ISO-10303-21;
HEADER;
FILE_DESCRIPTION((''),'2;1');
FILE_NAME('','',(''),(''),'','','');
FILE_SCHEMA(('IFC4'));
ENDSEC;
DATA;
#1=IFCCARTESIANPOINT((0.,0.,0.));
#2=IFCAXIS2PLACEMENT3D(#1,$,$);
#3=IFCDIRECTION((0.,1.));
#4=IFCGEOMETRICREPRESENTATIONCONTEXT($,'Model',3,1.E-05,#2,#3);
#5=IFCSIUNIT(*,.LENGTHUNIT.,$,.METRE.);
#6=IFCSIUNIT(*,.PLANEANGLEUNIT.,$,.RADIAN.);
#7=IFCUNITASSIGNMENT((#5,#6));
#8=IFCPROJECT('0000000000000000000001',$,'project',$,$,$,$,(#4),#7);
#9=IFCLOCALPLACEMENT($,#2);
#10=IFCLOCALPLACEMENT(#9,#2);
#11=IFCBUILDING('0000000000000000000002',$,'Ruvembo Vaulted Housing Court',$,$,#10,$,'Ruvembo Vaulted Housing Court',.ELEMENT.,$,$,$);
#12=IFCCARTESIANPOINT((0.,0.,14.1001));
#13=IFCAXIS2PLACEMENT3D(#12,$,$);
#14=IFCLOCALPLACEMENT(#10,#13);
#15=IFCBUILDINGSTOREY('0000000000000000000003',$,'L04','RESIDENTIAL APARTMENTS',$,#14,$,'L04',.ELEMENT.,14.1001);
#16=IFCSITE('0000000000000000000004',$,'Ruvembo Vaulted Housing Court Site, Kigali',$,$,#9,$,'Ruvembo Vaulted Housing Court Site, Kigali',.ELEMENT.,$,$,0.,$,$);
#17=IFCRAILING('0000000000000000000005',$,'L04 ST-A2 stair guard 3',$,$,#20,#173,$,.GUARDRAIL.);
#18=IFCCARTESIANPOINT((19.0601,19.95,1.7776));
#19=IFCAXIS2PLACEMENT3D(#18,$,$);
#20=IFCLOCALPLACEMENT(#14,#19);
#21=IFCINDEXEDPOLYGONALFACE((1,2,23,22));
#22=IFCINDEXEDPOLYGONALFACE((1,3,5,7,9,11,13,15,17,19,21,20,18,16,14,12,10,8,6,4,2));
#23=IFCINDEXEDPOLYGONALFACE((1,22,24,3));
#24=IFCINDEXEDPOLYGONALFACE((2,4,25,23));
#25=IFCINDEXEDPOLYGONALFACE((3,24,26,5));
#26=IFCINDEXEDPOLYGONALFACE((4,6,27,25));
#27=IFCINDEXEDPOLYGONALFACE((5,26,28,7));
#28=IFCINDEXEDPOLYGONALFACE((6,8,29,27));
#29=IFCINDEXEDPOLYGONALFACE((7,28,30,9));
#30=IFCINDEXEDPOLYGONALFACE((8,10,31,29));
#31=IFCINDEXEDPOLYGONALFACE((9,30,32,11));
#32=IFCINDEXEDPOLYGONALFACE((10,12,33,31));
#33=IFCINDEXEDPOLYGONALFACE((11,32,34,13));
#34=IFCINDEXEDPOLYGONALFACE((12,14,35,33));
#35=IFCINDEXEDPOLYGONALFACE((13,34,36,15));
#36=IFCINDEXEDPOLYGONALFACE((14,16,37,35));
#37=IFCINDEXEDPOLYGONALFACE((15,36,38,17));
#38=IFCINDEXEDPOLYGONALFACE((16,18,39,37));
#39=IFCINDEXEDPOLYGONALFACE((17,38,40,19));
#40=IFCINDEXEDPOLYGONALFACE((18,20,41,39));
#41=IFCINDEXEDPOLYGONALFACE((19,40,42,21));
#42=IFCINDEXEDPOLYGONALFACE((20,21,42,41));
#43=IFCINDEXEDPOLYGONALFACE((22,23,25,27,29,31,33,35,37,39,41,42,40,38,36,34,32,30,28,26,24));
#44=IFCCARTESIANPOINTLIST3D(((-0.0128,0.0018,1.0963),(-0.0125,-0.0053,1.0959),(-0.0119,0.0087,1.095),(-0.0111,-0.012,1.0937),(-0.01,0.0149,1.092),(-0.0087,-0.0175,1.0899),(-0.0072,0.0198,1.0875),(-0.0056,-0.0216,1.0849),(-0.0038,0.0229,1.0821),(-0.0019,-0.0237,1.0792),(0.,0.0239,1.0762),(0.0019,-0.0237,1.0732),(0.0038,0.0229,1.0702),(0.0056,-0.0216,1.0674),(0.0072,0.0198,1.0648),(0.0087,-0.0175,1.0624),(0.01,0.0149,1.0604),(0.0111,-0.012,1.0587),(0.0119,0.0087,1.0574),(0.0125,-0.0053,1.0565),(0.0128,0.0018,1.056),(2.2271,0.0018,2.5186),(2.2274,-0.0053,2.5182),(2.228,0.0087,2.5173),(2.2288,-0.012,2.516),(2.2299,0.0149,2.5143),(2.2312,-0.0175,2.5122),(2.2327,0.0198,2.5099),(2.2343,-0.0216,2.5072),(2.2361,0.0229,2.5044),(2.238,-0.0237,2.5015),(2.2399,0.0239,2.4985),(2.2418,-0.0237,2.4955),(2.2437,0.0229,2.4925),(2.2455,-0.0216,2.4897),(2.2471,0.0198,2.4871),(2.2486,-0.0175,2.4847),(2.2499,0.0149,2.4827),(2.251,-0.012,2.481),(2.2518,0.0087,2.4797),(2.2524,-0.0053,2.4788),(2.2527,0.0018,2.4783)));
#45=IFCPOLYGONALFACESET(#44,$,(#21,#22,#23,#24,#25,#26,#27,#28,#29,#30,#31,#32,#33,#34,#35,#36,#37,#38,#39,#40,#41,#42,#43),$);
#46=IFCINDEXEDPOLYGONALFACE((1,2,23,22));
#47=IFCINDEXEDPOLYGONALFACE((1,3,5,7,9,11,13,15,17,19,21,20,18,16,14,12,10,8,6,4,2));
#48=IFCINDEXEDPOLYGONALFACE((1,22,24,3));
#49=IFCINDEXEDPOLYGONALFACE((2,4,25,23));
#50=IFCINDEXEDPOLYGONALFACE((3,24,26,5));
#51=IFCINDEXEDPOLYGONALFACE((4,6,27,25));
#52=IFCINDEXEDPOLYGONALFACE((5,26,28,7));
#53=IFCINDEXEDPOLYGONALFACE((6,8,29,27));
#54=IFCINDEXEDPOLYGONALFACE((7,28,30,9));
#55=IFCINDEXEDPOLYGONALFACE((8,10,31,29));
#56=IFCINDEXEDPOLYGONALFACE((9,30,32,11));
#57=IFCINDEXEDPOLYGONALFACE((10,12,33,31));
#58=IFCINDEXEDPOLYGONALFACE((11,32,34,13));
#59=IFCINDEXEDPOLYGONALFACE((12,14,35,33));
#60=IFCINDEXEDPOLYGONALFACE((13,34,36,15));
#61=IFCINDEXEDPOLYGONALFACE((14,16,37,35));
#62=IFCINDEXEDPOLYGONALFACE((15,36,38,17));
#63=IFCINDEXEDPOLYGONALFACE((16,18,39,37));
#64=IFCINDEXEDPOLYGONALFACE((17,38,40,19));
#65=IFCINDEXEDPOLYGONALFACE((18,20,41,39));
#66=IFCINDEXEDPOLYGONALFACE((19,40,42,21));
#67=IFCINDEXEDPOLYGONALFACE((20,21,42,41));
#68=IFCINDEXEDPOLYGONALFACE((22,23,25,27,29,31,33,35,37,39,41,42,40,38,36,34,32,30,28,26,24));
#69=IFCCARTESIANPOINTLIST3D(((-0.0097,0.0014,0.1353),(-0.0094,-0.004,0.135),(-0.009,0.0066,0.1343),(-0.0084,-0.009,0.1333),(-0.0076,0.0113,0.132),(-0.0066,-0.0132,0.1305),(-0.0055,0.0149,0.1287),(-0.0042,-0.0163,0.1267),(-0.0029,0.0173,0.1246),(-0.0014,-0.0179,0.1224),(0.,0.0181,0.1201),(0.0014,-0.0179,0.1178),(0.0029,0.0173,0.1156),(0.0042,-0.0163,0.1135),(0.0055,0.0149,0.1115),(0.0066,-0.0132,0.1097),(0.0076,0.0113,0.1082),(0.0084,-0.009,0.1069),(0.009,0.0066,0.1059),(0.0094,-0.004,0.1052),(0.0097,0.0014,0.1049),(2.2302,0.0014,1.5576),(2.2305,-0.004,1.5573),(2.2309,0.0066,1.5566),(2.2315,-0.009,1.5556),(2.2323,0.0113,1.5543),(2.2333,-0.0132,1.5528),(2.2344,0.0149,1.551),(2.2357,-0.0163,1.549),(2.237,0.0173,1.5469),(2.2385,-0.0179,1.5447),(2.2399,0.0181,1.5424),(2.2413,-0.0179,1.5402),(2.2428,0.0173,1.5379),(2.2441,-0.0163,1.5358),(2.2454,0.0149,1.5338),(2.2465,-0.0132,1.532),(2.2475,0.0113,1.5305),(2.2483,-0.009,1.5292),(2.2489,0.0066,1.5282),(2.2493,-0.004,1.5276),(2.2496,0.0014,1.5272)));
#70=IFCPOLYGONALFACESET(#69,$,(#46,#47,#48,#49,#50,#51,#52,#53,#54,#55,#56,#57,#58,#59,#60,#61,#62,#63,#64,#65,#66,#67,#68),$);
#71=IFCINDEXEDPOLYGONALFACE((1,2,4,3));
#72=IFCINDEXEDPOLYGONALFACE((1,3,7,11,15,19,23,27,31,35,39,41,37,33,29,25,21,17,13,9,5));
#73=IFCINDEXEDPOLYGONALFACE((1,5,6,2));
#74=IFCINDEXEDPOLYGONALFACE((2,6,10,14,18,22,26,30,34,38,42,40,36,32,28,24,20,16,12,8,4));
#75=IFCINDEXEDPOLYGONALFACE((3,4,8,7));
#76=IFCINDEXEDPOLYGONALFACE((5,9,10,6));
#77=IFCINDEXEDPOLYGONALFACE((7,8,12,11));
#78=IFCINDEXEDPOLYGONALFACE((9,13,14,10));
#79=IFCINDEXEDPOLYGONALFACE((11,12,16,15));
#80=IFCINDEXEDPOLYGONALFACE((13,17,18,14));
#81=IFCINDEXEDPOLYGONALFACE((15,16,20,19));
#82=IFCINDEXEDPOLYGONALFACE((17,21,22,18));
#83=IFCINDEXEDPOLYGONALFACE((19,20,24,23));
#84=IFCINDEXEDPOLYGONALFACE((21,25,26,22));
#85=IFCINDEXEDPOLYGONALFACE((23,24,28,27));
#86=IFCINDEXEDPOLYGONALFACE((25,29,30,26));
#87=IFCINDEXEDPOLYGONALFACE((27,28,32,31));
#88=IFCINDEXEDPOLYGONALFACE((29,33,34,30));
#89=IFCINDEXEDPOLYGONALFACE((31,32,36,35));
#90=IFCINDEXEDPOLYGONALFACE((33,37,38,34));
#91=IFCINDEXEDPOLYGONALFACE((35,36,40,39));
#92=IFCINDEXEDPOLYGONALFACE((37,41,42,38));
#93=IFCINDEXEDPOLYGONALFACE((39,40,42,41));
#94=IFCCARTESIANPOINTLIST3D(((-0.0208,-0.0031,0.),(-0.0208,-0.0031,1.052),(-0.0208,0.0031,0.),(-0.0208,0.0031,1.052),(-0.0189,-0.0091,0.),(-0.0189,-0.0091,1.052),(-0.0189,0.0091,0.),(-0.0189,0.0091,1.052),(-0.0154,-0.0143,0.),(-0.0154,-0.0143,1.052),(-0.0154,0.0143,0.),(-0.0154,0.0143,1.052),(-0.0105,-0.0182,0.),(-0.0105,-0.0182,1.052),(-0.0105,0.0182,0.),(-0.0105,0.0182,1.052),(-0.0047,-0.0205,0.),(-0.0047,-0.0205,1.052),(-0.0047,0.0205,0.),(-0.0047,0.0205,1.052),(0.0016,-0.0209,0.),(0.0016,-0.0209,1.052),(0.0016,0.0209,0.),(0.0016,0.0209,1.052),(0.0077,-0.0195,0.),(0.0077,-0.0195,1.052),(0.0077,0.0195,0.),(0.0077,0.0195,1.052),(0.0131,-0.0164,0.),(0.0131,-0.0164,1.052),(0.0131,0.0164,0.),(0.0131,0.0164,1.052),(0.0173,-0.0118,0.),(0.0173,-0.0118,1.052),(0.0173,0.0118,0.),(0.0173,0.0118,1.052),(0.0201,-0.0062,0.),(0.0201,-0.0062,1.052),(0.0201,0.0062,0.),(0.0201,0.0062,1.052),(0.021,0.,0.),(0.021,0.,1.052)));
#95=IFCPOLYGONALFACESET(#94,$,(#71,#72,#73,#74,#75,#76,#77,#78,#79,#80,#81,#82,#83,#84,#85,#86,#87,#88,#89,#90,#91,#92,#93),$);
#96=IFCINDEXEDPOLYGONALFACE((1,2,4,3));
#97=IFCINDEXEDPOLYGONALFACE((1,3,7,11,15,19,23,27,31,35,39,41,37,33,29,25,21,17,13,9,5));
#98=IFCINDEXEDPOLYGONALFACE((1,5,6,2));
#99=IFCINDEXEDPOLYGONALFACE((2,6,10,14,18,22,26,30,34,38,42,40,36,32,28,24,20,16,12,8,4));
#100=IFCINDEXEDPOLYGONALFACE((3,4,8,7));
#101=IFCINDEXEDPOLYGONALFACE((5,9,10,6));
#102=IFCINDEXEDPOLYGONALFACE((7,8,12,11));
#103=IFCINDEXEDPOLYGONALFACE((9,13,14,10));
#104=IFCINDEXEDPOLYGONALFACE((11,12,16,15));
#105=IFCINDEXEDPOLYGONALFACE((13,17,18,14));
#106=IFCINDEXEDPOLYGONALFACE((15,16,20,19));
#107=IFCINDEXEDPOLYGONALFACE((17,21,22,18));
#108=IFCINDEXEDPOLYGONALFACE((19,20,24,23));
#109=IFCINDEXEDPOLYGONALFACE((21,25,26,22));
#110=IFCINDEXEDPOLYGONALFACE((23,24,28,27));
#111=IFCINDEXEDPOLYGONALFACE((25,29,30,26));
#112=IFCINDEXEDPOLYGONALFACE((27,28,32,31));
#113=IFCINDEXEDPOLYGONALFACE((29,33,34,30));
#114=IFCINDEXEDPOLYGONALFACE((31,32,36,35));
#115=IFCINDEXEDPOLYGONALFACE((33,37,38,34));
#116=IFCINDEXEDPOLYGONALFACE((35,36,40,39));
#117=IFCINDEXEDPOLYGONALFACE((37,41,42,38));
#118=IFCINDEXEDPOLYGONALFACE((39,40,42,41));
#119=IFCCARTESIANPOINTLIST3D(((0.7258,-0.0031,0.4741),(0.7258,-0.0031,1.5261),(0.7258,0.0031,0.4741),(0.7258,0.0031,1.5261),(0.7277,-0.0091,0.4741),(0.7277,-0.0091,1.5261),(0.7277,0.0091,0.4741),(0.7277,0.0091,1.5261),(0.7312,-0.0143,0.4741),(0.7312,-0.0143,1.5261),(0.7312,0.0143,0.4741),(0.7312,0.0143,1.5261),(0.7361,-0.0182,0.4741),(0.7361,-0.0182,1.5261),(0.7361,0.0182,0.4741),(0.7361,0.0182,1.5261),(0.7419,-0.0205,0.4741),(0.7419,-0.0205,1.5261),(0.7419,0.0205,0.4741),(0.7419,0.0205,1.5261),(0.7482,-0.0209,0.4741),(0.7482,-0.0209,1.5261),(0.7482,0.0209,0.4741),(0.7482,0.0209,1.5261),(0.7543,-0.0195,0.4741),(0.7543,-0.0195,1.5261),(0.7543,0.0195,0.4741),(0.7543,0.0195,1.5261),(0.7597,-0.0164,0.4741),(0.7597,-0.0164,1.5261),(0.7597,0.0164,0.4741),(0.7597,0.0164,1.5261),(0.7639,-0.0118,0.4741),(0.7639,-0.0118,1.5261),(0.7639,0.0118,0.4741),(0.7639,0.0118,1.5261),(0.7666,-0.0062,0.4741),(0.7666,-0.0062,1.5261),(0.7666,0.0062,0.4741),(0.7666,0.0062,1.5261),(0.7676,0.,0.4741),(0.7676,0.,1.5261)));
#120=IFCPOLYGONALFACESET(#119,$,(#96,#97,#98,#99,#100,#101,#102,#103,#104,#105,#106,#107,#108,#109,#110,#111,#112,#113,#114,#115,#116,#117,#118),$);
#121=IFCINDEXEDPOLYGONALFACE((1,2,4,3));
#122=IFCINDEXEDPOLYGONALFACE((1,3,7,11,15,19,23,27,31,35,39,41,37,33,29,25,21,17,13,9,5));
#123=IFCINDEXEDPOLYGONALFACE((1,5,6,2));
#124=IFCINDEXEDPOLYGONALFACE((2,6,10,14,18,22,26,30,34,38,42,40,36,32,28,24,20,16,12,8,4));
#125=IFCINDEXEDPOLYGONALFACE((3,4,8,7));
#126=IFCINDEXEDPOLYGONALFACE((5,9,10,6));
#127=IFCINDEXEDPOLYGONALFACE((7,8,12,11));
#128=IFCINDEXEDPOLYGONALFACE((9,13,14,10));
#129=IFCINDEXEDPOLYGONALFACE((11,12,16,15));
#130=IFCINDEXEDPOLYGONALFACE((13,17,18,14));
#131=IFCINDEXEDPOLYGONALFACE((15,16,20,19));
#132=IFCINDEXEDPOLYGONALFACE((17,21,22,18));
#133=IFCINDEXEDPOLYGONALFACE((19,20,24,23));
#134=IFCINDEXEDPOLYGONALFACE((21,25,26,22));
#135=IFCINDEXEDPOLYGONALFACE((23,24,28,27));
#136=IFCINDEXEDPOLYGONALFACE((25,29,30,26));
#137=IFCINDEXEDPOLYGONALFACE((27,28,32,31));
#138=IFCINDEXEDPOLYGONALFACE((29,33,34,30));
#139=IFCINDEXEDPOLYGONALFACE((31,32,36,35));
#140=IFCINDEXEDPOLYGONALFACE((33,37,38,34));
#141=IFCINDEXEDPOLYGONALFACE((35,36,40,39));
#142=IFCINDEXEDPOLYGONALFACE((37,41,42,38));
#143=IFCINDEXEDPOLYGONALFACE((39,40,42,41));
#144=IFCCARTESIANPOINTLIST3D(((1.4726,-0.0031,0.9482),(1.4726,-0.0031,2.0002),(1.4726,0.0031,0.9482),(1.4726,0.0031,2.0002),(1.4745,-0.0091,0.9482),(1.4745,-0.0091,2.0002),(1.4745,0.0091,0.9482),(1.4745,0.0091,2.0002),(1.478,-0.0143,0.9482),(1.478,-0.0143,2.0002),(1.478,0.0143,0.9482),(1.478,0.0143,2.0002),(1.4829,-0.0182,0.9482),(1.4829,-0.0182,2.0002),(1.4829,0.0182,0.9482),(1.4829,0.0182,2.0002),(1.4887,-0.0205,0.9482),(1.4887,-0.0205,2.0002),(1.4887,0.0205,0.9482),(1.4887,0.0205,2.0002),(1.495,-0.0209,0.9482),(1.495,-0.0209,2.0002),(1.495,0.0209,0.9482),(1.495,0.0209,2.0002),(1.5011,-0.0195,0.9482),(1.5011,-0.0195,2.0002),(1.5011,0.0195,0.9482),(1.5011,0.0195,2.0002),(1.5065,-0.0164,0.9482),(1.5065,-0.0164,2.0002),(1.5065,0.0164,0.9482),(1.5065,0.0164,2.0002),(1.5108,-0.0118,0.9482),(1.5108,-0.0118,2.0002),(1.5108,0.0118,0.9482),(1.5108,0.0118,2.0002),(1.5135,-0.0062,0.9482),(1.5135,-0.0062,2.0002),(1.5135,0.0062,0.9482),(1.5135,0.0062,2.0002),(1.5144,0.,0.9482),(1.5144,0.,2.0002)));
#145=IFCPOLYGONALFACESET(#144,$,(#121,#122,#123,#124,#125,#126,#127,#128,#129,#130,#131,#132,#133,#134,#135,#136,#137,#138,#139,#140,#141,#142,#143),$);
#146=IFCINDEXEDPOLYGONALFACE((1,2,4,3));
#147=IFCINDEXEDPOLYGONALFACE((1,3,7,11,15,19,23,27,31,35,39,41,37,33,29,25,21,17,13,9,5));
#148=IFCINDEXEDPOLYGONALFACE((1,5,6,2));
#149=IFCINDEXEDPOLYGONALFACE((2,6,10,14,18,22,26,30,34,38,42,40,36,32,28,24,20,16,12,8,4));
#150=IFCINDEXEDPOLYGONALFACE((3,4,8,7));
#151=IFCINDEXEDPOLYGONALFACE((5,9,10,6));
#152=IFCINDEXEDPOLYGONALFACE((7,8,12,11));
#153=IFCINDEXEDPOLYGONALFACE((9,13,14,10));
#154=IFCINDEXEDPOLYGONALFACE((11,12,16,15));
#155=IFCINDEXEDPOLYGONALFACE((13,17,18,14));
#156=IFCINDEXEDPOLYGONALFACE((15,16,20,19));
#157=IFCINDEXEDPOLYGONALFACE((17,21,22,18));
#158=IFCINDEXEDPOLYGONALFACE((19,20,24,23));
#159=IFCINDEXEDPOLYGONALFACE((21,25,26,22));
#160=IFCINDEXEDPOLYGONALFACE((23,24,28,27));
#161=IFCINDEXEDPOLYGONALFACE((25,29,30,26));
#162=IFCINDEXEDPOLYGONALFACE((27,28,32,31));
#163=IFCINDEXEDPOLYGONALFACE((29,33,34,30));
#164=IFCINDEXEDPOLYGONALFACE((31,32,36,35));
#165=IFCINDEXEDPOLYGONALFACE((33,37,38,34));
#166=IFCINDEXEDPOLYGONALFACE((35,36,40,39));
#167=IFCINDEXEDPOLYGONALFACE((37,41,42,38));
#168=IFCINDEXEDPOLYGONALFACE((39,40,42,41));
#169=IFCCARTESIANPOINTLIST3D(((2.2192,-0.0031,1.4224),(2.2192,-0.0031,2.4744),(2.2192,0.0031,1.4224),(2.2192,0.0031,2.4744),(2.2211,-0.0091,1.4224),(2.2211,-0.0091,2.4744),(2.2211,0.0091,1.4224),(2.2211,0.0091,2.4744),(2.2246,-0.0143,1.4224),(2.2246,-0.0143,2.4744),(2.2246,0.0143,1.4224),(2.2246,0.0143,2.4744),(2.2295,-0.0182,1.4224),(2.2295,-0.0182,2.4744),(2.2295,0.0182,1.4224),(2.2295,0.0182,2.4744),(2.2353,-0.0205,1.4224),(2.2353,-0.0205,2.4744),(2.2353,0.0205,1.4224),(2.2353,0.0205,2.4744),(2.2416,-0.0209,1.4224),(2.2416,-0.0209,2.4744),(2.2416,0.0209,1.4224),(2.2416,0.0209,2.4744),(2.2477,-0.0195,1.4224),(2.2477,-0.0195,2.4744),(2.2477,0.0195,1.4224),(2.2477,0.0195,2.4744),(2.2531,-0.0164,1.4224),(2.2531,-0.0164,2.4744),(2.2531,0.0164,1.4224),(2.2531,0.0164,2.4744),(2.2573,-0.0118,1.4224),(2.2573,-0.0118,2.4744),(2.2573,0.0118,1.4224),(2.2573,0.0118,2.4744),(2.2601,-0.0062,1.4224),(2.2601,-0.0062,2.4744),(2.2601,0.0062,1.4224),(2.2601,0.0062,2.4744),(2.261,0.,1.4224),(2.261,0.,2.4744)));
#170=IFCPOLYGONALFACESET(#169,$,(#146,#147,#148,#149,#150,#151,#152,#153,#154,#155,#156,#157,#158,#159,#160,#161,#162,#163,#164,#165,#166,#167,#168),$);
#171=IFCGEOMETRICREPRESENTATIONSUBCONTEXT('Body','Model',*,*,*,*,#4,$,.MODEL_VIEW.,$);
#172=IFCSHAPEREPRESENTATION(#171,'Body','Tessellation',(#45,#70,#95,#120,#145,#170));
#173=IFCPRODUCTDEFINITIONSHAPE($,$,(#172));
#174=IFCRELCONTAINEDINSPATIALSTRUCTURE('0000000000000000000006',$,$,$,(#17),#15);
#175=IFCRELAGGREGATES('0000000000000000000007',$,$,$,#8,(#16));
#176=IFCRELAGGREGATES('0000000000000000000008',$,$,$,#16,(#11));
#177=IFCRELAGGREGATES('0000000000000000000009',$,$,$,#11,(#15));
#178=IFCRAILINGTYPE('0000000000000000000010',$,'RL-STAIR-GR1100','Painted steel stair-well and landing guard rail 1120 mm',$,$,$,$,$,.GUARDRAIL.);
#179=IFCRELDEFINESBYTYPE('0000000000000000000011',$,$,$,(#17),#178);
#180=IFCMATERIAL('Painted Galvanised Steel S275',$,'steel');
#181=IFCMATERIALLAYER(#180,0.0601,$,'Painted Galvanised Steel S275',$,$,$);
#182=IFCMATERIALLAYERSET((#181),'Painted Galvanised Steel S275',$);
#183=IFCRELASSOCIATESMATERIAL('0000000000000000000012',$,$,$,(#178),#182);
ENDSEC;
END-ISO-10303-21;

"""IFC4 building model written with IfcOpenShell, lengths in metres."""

from ifc_helpers import new_model, si_unit, direction, frame, origin, origin_2d, place, context, subcontext, project, spatial, circle, extrude, material, layer, layer_set, type_object, element, save


model = new_model("IFC4")

# Units and contexts
model_context = context("Model", 3, precision=1e-05, world=origin(), true_north=direction((0.0, 1.0)))
body_context = subcontext(model_context, "Body", "Model", "MODEL_VIEW")
ifc_project = project(units=[si_unit("LENGTHUNIT", "METRE"), si_unit("PLANEANGLEUNIT", "RADIAN")], contexts=[model_context])

# Site, building, storey
site_placement = place(None, origin())
site = spatial("IfcSite", under=ifc_project, at=site_placement, Name="Ruvembo Vaulted Housing Court Site, Kigali", LongName="Ruvembo Vaulted Housing Court Site, Kigali", CompositionType="ELEMENT", RefElevation=0.0)
building_placement = place(site_placement, origin())
building = spatial("IfcBuilding", under=site, at=building_placement, Name="Ruvembo Vaulted Housing Court", LongName="Ruvembo Vaulted Housing Court", CompositionType="ELEMENT")
storey_placement = place(building_placement, frame((0.0, 0.0, 14.1001)))
storey = spatial("IfcBuildingStorey", under=building, at=storey_placement, Name="L04", Description="RESIDENTIAL APARTMENTS", LongName="L04", CompositionType="ELEMENT", Elevation=14.1001)

# Railing
ifc_material_1 = material(Name="Painted Galvanised Steel S275", Category="steel")
ifc_layer_1 = layer(ifc_material_1, 0.0601, Name="Painted Galvanised Steel S275")
ifc_layer_set_1 = layer_set([ifc_layer_1], Name="Painted Galvanised Steel S275")
railing_type_1 = type_object("IfcRailingType", Name="RL-STAIR-GR1100", Description="Painted steel stair-well and landing guard rail 1120 mm", PredefinedType="GUARDRAIL", material=ifc_layer_set_1)
railing_1_placement = place(storey_placement, frame((19.0601, 19.95, 1.7776)))
element("IfcRailing", 1, at=railing_1_placement, inside=storey, type_object=railing_type_1, Name="L04 ST-A2 stair guard 3", PredefinedType="GUARDRAIL", context=body_context, shape_type="SweptSolid", body=[
    extrude(circle(Radius=0.0239, at=origin_2d()), frame((0.0, 0.0, 1.0762), z_axis=(0.844188, 0.0, 0.536048), x_axis=(0.0, 1.0, 0.0)), (0.0, 0.0, 1.0), 2.6533),
    extrude(circle(Radius=0.0181, at=origin_2d()), frame((0.0, 0.0, 0.1201), z_axis=(0.844188, 0.0, 0.536048), x_axis=(0.0, 1.0, 0.0)), (0.0, 0.0, 1.0), 2.6533),
    extrude(circle(Radius=0.021, at=origin_2d()), origin(), (0.0, 0.0, 1.0), 1.052),
    extrude(circle(Radius=0.021, at=origin_2d()), frame((0.7466, 0.0, 0.4741)), (0.0, 0.0, 1.0), 1.052),
    extrude(circle(Radius=0.021, at=origin_2d()), frame((1.4934, 0.0, 0.9482)), (0.0, 0.0, 1.0), 1.052),
    extrude(circle(Radius=0.021, at=origin_2d()), frame((2.24, 0.0, 1.4224)), (0.0, 0.0, 1.0), 1.052),
])

save(model, "model.ifc")
